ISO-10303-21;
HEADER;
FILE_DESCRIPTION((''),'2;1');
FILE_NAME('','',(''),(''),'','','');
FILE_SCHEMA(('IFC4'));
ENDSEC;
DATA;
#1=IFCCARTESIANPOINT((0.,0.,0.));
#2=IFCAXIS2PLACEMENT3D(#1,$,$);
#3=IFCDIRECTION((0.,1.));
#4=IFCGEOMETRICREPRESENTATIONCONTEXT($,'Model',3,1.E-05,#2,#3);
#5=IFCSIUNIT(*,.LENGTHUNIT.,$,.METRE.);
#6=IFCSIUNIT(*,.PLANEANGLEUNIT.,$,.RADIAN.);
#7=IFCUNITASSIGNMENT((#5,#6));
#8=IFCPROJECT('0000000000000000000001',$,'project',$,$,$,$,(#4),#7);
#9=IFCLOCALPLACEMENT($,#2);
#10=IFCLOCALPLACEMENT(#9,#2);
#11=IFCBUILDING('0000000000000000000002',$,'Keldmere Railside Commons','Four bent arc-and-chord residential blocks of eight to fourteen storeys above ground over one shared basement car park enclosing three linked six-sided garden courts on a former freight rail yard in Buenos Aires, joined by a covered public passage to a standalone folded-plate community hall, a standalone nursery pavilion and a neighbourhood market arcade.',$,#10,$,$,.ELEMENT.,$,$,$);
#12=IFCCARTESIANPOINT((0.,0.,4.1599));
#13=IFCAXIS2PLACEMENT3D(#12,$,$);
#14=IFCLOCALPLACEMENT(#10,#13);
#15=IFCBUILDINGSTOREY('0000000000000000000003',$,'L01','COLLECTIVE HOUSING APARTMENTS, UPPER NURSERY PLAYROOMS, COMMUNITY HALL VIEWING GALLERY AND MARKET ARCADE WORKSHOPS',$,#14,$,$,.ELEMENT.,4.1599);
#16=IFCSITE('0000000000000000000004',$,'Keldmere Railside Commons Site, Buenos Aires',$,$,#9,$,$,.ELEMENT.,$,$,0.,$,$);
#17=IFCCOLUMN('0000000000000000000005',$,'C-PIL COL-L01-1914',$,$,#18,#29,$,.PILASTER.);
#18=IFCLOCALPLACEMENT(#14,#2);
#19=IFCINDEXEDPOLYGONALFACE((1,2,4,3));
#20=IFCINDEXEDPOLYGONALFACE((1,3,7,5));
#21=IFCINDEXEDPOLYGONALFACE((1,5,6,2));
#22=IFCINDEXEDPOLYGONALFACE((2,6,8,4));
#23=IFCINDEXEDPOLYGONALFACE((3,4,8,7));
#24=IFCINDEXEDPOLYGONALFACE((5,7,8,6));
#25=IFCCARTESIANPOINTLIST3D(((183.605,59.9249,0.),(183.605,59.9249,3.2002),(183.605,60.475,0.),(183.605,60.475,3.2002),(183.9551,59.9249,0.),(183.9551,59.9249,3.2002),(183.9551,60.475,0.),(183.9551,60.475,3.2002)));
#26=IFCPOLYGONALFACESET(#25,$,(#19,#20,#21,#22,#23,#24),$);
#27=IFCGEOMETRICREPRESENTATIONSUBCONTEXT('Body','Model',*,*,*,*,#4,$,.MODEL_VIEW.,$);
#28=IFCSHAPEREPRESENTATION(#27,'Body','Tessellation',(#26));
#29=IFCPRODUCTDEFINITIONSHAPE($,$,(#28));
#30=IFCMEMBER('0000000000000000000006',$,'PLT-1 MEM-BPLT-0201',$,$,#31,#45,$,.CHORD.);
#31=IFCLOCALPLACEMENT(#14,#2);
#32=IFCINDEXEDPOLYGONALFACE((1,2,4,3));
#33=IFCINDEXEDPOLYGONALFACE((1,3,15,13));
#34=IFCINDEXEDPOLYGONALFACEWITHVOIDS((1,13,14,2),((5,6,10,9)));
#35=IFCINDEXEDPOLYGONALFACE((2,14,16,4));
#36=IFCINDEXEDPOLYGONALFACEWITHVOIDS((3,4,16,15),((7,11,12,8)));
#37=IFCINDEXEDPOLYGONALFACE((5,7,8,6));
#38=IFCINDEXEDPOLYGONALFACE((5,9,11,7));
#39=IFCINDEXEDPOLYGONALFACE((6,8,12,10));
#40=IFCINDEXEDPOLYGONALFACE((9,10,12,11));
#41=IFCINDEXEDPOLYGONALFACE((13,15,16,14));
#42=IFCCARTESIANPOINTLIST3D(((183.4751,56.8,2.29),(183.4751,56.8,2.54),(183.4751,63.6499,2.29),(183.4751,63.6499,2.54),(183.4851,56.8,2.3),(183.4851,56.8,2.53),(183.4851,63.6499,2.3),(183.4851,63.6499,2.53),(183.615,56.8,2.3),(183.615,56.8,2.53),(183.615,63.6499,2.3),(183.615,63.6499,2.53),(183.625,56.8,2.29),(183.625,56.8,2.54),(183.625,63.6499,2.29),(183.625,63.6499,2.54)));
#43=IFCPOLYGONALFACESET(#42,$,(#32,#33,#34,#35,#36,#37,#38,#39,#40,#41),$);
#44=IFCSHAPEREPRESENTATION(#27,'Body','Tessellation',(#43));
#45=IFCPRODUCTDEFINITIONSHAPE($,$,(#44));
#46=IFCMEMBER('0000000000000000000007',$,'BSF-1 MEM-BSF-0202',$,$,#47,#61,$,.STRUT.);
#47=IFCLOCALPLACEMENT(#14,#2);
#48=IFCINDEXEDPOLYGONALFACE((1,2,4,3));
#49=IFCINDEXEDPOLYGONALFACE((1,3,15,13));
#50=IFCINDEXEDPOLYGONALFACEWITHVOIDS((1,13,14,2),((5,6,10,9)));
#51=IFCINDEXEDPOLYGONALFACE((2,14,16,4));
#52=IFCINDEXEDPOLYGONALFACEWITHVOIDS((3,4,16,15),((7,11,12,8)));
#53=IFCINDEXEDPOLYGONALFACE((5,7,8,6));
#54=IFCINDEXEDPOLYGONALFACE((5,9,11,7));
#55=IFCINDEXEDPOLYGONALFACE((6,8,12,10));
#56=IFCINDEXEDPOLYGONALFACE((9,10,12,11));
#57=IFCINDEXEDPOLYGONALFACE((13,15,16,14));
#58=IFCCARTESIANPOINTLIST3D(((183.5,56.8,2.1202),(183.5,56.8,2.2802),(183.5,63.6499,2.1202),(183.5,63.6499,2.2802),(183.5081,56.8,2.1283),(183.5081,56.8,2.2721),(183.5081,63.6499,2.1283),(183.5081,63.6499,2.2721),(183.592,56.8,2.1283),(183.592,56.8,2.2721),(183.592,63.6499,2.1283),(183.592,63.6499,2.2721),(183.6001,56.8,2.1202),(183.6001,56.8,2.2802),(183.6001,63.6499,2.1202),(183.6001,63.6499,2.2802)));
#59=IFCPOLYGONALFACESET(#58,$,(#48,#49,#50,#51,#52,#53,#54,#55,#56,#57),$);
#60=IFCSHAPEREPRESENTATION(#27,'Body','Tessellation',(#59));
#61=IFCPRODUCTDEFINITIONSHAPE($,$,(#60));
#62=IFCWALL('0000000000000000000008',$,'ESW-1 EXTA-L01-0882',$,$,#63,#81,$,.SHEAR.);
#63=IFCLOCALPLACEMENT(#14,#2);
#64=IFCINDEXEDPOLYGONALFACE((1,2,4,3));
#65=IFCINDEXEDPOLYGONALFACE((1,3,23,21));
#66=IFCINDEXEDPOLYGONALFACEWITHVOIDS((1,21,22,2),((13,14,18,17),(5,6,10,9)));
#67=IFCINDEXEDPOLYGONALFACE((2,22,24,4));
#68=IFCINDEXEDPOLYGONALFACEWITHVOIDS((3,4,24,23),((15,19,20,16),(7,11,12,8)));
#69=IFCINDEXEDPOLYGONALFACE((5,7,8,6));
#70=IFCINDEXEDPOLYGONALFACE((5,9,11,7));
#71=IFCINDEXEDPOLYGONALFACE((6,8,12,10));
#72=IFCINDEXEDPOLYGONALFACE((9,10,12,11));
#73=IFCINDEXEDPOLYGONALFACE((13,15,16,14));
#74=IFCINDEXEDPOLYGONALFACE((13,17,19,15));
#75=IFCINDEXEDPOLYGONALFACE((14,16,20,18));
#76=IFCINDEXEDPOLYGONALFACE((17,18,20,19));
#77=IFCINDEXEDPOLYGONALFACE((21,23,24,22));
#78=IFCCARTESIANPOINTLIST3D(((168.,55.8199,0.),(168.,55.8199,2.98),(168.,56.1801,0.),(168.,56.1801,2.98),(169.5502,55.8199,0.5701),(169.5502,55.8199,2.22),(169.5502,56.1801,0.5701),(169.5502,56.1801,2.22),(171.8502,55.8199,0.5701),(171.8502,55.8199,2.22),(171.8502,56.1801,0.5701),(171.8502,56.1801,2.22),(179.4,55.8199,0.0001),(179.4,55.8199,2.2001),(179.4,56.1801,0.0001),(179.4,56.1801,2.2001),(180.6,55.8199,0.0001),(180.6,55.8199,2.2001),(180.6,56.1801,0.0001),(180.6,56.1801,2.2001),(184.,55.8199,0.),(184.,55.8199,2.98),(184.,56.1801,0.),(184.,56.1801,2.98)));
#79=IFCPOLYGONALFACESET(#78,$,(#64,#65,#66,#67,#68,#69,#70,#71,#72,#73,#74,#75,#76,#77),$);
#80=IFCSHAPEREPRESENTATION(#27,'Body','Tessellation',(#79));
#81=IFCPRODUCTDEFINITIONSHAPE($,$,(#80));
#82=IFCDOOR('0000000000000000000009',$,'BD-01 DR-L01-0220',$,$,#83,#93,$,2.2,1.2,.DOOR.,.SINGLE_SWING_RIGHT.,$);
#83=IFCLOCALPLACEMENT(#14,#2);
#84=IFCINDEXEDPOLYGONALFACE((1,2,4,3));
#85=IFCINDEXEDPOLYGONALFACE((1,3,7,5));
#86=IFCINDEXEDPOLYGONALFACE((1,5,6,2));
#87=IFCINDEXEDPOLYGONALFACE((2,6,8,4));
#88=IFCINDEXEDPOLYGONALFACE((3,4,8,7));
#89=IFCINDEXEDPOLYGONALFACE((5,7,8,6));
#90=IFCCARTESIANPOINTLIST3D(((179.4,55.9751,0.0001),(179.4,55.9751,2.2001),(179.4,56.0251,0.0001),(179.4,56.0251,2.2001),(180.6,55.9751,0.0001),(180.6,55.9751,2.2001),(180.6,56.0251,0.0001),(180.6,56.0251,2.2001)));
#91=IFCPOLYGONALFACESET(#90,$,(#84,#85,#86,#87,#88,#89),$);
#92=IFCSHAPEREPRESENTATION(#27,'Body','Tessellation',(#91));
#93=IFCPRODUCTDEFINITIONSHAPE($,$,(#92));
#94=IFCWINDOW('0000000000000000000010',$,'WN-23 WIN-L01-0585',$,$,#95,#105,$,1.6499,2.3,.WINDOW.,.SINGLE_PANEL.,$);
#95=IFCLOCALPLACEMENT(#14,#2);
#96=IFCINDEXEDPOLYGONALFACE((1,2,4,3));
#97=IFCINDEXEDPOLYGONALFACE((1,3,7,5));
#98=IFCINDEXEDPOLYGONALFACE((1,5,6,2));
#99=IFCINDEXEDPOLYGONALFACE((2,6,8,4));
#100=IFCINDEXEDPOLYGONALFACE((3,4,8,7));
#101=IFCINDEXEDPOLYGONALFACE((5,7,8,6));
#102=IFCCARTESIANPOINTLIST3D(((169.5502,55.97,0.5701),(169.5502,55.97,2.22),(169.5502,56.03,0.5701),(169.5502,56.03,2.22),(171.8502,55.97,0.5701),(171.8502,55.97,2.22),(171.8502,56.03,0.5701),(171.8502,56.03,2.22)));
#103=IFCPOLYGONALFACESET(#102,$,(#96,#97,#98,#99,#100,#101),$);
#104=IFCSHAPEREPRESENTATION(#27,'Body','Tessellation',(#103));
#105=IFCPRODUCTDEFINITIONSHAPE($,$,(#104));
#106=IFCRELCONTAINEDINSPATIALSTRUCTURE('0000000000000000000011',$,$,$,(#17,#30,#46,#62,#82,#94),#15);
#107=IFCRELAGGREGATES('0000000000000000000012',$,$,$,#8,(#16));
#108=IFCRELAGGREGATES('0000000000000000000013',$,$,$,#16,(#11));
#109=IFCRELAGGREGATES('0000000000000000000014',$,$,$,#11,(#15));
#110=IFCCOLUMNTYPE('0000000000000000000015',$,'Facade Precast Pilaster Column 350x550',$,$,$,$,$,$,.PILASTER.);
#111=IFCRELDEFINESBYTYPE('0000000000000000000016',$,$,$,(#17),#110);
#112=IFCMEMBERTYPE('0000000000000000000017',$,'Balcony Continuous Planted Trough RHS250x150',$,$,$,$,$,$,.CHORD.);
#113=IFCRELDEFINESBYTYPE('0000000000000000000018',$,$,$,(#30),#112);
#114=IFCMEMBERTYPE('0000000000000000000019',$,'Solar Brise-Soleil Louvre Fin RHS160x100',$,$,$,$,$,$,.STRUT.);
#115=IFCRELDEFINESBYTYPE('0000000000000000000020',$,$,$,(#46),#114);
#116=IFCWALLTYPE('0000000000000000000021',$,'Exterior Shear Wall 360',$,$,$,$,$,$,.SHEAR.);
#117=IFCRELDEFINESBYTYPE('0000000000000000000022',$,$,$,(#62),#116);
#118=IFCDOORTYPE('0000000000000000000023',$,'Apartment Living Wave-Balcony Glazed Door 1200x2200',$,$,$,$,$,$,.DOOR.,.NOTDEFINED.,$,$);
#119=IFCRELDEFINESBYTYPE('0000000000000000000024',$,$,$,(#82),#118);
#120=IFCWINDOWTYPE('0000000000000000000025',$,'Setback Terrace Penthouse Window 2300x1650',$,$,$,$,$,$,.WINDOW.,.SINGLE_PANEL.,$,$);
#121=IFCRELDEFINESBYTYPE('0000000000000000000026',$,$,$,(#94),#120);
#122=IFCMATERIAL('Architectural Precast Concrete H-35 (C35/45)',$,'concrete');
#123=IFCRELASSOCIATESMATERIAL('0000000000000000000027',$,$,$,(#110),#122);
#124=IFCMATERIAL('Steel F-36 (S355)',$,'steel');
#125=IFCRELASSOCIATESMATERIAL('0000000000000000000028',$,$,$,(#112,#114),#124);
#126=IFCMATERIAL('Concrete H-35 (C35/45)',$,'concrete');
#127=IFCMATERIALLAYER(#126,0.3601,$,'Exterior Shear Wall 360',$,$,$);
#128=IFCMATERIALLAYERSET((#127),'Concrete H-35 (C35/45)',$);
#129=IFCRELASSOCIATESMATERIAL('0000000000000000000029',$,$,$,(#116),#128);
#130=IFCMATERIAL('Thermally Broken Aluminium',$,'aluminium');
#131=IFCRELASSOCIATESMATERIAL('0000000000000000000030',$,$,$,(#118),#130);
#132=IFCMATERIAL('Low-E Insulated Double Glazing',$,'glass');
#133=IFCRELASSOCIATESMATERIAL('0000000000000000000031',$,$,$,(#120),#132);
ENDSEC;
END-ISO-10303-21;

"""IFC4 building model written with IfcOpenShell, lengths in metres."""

from ifc_helpers import new_model, si_unit, direction, frame, frame_2d, origin, origin_2d, place, context, subcontext, project, spatial, rectangle, hollow_rectangle, extrude, material, layer, layer_set, material_profile, profile_set, type_object, element, fill, save


model = new_model("IFC4")

# Units and contexts
model_context = context("Model", 3, precision=1e-05, world=origin(), true_north=direction((0.0, 1.0)))
body_context = subcontext(model_context, "Body", "Model", "MODEL_VIEW")
ifc_project = project(units=[si_unit("LENGTHUNIT", "METRE"), si_unit("PLANEANGLEUNIT", "RADIAN")], contexts=[model_context])

# Site, building, storey
site_placement = place(None, origin())
site = spatial("IfcSite", under=ifc_project, at=site_placement, Name="Keldmere Railside Commons Site, Buenos Aires", CompositionType="ELEMENT", RefElevation=0.0)
building_placement = place(site_placement, origin())
building = spatial("IfcBuilding", under=site, at=building_placement, Name="Keldmere Railside Commons", Description="Four bent arc-and-chord residential blocks of eight to fourteen storeys above ground over one shared basement car park enclosing three linked six-sided garden courts on a former freight rail yard in Buenos Aires, joined by a covered public passage to a standalone folded-plate community hall, a standalone nursery pavilion and a neighbourhood market arcade.", CompositionType="ELEMENT")
storey_placement = place(building_placement, frame((0.0, 0.0, 4.1599)))
storey = spatial("IfcBuildingStorey", under=building, at=storey_placement, Name="L01", Description="COLLECTIVE HOUSING APARTMENTS, UPPER NURSERY PLAYROOMS, COMMUNITY HALL VIEWING GALLERY AND MARKET ARCADE WORKSHOPS", CompositionType="ELEMENT", Elevation=4.1599)

# Column
ifc_material_1 = material(Name="Architectural Precast Concrete H-35 (C35/45)", Category="concrete")
ifc_material_profile_1 = material_profile(ifc_material_1, rectangle(XDim=0.3501, YDim=0.55, at=origin_2d()), Name="RC-350x550")
ifc_profile_set_1 = profile_set([ifc_material_profile_1], Name="Architectural Precast Concrete H-35 (C35/45)")
column_type = type_object("IfcColumnType", Name="Facade Precast Pilaster Column 350x550", PredefinedType="PILASTER", material=ifc_profile_set_1)
column_placement = place(storey_placement, frame((183.78, 60.2, 0.0), z_axis=(0.0, 0.0, 1.0), x_axis=(1.0, 0.0, 0.0)))
element("IfcColumn", 1, at=column_placement, inside=storey, type_object=column_type, Name="C-PIL COL-L01-1914", PredefinedType="PILASTER", context=body_context, shape_type="SweptSolid", body=[
    extrude(rectangle(XDim=0.3501, YDim=0.55, at=origin_2d()), origin(), (0.0, 0.0, 1.0), 3.2002),
])

# Members
ifc_material_2 = material(Name="Steel F-36 (S355)", Category="steel")
ifc_material_profile_2 = material_profile(ifc_material_2, hollow_rectangle(XDim=0.1499, YDim=0.25, WallThickness=0.01, at=origin_2d()), Name="RHS-250x150x10")
ifc_profile_set_2 = profile_set([ifc_material_profile_2], Name="Steel F-36 (S355)")
member_type_1 = type_object("IfcMemberType", Name="Balcony Continuous Planted Trough RHS250x150", PredefinedType="CHORD", material=ifc_profile_set_2)
member_1_placement = place(storey_placement, frame((183.55, 56.8, 2.415), z_axis=(0.0, 1.0, 0.0), x_axis=(-1.0, 0.0, 0.0)))
element("IfcMember", 2, at=member_1_placement, inside=storey, type_object=member_type_1, Name="PLT-1 MEM-BPLT-0201", PredefinedType="CHORD", context=body_context, shape_type="SweptSolid", body=[
    extrude(hollow_rectangle(XDim=0.1499, YDim=0.25, WallThickness=0.01, at=origin_2d()), origin(), (0.0, 0.0, 1.0), 6.8499),
])
ifc_material_profile_3 = material_profile(ifc_material_2, hollow_rectangle(XDim=0.1001, YDim=0.1599, WallThickness=0.0081, at=origin_2d()), Name="RHS-160x100x8")
ifc_profile_set_3 = profile_set([ifc_material_profile_3], Name="Steel F-36 (S355)")
member_type_2 = type_object("IfcMemberType", Name="Solar Brise-Soleil Louvre Fin RHS160x100", PredefinedType="STRUT", material=ifc_profile_set_3)
member_2_placement = place(storey_placement, frame((183.55, 56.8, 2.2002), z_axis=(0.0, 1.0, 0.0), x_axis=(-1.0, 0.0, 0.0)))
element("IfcMember", 3, at=member_2_placement, inside=storey, type_object=member_type_2, Name="BSF-1 MEM-BSF-0202", PredefinedType="STRUT", context=body_context, shape_type="SweptSolid", body=[
    extrude(hollow_rectangle(XDim=0.1001, YDim=0.1599, WallThickness=0.0081, at=origin_2d()), origin(), (0.0, 0.0, 1.0), 6.8499),
])

# Wall, openings, door, window
ifc_material_3 = material(Name="Concrete H-35 (C35/45)", Category="concrete")
ifc_layer = layer(ifc_material_3, 0.3601, Name="Exterior Shear Wall 360")
ifc_layer_set = layer_set([ifc_layer], Name="Concrete H-35 (C35/45)")
wall_type = type_object("IfcWallType", Name="Exterior Shear Wall 360", PredefinedType="SHEAR", material=ifc_layer_set)
wall_placement = place(storey_placement, frame((184.0, 56.0, 0.0), z_axis=(0.0, 0.0, 1.0), x_axis=(-1.0, 0.0, 0.0)))
wall = element("IfcWall", 4, at=wall_placement, inside=storey, type_object=wall_type, Name="ESW-1 EXTA-L01-0882", PredefinedType="SHEAR", context=body_context, shape_type="SweptSolid", body=[
    extrude(rectangle(XDim=16.0, YDim=0.3601, at=frame_2d((8.0, 0.0))), origin(), (0.0, 0.0, 1.0), 2.98),
])
opening_1_placement = place(wall_placement, frame((3.3999, 0.0, 0.0)))
opening_1 = element("IfcOpeningElement", 5, at=opening_1_placement, cuts=wall, PredefinedType="OPENING", context=body_context, shape_type="SweptSolid", body=[
    extrude(rectangle(XDim=1.2, YDim=2.2, at=frame_2d((0.6001, 1.1001))), frame((0.0, 0.1899, 0.0), z_axis=(0.0, -1.0, 0.0), x_axis=(1.0, 0.0, 0.0)), (0.0, 0.0, 1.0), 0.3801),
])
opening_2_placement = place(wall_placement, frame((12.1499, 0.0, 0.5701)))
opening_2 = element("IfcOpeningElement", 6, at=opening_2_placement, cuts=wall, PredefinedType="OPENING", context=body_context, shape_type="SweptSolid", body=[
    extrude(rectangle(XDim=2.3, YDim=1.6499, at=frame_2d((1.1499, 0.825))), frame((0.0, 0.1899, 0.0), z_axis=(0.0, -1.0, 0.0), x_axis=(1.0, 0.0, 0.0)), (0.0, 0.0, 1.0), 0.3801),
])
ifc_material_4 = material(Name="Thermally Broken Aluminium", Category="aluminium")
door_type = type_object("IfcDoorType", Name="Apartment Living Wave-Balcony Glazed Door 1200x2200", OperationType="NOTDEFINED", PredefinedType="DOOR", material=ifc_material_4)
door_placement = place(opening_1_placement, origin())
door = element("IfcDoor", 7, at=door_placement, inside=storey, type_object=door_type, Name="BD-01 DR-L01-0220", OperationType="SINGLE_SWING_RIGHT", OverallHeight=2.2, OverallWidth=1.2, PredefinedType="DOOR", context=body_context, shape_type="SweptSolid", body=[
    extrude(rectangle(XDim=1.2, YDim=2.2, at=frame_2d((0.6001, 1.1001))), frame((0.0, 0.0249, 0.0), z_axis=(0.0, -1.0, 0.0), x_axis=(1.0, 0.0, 0.0)), (0.0, 0.0, 1.0), 0.05),
])
fill(opening_1, door)
ifc_material_5 = material(Name="Low-E Insulated Double Glazing", Category="glass")
window_type = type_object("IfcWindowType", Name="Setback Terrace Penthouse Window 2300x1650", PartitioningType="SINGLE_PANEL", PredefinedType="WINDOW", material=ifc_material_5)
window_placement = place(opening_2_placement, origin())
window = element("IfcWindow", 8, at=window_placement, inside=storey, type_object=window_type, Name="WN-23 WIN-L01-0585", OverallHeight=1.6499, OverallWidth=2.3, PartitioningType="SINGLE_PANEL", PredefinedType="WINDOW", context=body_context, shape_type="SweptSolid", body=[
    extrude(rectangle(XDim=2.3, YDim=1.6499, at=frame_2d((1.1499, 0.825))), frame((0.0, 0.03, 0.0), z_axis=(0.0, -1.0, 0.0), x_axis=(1.0, 0.0, 0.0)), (0.0, 0.0, 1.0), 0.0601),
])
fill(opening_2, window)

save(model, "model.ifc")
